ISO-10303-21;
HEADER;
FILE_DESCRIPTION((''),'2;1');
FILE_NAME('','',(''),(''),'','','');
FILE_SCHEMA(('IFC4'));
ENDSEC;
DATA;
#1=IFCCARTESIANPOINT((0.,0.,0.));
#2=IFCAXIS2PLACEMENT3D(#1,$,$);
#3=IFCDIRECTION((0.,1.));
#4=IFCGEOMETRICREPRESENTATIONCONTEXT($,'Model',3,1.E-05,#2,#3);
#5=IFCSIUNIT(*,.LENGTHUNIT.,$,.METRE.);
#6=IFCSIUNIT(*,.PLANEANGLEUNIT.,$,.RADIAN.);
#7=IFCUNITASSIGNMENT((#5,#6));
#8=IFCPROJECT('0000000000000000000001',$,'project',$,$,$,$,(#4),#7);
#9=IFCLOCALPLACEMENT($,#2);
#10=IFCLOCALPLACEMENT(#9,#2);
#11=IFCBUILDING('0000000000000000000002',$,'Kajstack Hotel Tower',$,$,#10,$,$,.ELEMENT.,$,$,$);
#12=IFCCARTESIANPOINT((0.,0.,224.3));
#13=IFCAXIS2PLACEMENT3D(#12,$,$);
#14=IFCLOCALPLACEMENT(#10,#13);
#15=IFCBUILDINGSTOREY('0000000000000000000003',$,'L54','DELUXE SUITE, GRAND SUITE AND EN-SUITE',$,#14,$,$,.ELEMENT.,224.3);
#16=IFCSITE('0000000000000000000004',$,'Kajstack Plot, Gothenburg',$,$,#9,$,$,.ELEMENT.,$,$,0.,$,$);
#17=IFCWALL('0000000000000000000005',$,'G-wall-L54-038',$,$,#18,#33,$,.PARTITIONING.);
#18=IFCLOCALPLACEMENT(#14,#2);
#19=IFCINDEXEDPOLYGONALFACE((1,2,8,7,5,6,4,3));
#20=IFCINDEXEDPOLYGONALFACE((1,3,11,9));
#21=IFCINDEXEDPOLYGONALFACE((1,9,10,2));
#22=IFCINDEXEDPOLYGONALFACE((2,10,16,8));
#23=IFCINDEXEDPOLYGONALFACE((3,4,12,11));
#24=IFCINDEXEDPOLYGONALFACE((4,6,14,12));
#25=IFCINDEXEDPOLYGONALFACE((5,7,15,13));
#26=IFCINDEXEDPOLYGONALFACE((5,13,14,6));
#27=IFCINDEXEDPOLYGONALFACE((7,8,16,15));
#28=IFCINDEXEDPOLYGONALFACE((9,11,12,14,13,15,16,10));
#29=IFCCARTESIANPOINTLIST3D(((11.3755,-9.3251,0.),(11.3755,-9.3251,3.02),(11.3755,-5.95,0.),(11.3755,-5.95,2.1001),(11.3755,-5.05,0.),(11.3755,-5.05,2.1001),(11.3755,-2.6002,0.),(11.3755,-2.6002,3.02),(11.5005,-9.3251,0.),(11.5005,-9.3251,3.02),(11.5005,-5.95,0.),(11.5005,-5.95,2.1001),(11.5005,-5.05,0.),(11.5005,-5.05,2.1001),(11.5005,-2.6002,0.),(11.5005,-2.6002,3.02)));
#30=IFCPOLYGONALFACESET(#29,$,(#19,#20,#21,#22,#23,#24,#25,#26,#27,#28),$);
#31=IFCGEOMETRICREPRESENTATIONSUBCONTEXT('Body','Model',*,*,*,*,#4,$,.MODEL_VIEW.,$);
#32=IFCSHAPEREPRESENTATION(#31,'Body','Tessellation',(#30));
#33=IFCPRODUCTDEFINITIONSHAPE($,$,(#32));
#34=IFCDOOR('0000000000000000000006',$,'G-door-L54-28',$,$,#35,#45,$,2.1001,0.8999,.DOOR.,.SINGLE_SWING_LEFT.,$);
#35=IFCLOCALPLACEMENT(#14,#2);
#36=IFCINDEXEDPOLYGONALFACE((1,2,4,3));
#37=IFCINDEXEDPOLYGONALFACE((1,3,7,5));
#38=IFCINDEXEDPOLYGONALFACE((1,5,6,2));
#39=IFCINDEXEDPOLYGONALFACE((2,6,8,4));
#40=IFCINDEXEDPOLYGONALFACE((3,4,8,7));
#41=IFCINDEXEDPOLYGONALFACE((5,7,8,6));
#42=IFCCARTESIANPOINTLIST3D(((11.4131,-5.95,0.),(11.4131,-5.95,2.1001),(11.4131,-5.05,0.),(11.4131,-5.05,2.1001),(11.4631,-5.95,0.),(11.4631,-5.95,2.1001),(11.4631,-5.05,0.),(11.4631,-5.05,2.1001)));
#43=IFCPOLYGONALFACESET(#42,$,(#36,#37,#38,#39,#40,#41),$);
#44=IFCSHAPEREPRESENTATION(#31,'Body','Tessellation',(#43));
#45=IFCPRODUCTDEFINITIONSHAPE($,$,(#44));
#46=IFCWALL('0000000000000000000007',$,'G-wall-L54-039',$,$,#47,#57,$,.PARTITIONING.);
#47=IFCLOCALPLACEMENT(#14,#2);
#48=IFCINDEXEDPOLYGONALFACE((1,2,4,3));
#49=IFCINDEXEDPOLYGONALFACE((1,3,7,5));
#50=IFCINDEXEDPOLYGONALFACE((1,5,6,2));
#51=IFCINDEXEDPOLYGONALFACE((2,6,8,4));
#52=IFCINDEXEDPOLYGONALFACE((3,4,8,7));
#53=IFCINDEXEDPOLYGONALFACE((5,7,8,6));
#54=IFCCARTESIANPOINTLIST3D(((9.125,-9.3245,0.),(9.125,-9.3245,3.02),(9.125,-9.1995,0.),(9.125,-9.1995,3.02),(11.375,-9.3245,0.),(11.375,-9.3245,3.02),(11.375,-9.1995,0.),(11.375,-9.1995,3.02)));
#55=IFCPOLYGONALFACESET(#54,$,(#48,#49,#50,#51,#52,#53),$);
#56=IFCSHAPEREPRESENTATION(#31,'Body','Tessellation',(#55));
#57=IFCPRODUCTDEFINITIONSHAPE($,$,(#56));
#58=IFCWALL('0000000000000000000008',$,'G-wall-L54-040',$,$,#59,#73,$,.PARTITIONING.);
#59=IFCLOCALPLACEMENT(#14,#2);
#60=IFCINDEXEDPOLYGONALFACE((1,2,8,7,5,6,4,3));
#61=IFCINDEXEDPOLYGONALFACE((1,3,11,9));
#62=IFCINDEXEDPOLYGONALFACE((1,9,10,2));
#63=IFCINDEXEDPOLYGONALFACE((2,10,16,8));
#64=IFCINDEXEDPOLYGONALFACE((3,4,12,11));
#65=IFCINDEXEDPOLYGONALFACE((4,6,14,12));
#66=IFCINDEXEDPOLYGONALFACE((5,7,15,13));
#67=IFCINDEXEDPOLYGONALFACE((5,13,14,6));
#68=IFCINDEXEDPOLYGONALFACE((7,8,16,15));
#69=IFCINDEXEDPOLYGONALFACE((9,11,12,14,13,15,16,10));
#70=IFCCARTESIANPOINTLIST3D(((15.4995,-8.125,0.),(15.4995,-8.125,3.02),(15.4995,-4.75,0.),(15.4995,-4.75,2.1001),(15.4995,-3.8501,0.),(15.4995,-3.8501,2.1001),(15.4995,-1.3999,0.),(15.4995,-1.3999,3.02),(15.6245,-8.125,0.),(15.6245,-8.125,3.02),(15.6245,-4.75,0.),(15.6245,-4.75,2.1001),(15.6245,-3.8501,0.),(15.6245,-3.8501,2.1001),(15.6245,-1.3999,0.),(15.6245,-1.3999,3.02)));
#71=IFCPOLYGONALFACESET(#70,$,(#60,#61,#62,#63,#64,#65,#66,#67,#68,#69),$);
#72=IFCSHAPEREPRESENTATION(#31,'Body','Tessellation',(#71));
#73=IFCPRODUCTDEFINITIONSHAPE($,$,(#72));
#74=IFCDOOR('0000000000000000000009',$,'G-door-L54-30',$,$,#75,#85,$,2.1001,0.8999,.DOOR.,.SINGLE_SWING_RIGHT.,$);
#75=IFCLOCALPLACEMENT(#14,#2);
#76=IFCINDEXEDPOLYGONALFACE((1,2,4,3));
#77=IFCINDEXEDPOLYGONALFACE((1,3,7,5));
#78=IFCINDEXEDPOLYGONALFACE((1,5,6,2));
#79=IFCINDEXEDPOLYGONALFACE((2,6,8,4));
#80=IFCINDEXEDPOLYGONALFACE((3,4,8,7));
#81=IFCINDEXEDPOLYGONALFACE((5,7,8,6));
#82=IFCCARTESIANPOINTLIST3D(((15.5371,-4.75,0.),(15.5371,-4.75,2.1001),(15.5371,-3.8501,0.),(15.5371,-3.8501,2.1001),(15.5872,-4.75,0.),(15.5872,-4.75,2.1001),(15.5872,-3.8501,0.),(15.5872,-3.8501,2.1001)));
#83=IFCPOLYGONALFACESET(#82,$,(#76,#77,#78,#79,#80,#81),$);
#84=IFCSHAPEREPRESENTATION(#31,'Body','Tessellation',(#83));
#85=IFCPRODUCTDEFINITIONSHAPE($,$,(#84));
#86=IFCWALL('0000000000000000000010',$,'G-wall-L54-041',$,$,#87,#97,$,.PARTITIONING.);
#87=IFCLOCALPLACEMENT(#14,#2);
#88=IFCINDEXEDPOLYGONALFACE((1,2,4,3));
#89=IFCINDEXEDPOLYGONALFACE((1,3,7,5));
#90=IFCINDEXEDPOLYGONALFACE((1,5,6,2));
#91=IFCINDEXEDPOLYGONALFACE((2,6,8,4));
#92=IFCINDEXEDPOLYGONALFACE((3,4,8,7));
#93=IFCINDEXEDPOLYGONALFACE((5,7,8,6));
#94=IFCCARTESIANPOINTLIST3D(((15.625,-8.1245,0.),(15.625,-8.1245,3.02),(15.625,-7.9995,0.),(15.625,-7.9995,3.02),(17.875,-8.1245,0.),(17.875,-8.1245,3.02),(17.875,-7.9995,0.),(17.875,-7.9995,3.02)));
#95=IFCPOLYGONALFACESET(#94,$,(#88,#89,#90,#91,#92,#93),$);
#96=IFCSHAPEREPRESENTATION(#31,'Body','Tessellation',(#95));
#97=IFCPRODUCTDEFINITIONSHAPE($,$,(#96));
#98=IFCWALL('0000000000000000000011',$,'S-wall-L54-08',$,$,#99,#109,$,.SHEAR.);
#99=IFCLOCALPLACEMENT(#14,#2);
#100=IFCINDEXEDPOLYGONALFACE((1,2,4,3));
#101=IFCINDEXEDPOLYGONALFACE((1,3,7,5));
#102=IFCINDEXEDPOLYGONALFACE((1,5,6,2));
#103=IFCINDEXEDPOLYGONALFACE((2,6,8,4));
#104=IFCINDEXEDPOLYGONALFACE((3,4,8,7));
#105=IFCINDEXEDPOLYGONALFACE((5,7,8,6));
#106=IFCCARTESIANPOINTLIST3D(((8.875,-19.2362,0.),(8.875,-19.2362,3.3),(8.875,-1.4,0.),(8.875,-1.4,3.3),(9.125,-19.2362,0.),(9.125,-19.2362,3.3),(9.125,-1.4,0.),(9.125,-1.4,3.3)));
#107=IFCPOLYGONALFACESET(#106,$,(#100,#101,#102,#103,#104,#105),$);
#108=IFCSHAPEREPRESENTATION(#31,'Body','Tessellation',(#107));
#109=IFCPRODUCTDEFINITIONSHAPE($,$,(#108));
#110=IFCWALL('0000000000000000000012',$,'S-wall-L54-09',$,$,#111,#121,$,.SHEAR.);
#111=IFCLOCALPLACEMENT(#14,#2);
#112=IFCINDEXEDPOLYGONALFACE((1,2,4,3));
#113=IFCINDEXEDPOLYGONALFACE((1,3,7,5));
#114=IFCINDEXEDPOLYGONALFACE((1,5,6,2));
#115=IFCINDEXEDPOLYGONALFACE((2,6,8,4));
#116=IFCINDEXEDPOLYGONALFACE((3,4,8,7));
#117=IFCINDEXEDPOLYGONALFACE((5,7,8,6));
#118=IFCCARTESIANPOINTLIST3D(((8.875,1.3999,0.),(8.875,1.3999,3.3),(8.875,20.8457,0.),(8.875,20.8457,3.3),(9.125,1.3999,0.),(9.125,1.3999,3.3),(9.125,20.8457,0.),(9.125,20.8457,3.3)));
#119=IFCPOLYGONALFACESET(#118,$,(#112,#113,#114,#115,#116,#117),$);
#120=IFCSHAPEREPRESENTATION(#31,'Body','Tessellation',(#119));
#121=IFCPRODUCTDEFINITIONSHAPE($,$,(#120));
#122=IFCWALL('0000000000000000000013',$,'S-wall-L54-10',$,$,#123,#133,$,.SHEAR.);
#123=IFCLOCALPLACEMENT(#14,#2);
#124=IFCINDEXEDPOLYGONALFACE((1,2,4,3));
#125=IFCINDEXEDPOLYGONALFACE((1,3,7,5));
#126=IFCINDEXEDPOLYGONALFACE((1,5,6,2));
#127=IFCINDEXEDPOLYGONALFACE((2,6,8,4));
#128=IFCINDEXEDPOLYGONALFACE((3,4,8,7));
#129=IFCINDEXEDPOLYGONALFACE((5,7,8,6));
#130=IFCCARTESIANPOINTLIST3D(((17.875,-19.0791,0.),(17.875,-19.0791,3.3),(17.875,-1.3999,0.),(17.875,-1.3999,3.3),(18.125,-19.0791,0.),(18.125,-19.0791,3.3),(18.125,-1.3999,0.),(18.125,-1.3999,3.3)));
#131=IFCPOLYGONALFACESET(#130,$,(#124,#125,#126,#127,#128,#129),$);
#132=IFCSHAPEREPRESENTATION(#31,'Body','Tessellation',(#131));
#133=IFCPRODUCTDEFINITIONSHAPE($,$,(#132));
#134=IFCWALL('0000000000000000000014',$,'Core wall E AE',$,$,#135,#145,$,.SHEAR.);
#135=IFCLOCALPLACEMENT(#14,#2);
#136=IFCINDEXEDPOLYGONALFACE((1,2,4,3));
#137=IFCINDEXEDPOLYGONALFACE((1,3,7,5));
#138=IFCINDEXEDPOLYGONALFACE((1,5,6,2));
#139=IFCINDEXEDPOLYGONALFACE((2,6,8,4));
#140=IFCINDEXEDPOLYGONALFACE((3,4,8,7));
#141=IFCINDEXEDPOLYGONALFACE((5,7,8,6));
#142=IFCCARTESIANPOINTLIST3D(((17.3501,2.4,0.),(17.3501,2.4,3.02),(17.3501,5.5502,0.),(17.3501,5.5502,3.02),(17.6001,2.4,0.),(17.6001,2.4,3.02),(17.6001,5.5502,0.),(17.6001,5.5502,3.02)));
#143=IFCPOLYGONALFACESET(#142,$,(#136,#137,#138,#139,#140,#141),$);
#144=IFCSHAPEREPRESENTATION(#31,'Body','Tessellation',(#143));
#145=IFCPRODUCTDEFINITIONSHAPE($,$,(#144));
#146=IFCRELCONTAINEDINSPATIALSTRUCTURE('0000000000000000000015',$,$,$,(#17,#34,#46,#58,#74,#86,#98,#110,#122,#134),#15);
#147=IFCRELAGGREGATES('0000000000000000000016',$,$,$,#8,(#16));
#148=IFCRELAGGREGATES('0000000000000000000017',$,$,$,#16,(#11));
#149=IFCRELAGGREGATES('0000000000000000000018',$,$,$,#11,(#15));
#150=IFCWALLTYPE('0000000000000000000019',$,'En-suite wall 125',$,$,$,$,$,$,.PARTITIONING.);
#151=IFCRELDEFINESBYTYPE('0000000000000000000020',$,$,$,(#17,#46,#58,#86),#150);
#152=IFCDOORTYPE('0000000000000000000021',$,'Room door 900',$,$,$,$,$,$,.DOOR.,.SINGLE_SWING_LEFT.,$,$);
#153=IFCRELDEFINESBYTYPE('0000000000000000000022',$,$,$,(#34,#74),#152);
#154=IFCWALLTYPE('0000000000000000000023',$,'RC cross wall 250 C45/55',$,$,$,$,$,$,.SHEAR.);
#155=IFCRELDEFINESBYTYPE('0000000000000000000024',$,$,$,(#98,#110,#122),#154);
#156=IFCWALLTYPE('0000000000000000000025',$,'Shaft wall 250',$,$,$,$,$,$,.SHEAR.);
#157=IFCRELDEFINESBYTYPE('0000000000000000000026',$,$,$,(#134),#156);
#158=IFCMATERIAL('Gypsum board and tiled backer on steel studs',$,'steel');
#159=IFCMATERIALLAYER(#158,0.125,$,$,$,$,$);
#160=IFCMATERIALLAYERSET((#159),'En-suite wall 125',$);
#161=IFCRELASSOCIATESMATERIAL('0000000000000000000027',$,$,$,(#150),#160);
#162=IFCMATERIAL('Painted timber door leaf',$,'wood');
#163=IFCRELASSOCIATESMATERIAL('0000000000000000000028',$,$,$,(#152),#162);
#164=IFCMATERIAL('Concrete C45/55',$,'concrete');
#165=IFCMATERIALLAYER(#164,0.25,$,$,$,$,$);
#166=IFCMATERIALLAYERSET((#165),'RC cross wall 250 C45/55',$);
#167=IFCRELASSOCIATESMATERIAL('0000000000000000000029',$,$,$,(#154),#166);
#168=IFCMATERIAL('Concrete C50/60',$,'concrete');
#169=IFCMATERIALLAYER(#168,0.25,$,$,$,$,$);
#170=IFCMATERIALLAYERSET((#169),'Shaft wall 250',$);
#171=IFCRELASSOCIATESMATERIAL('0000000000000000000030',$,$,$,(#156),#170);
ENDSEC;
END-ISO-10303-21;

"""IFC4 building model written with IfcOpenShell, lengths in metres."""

from ifc_helpers import new_model, si_unit, direction, frame, frame_2d, origin, place, context, subcontext, project, spatial, rectangle, extrude, material, layer, layer_set, type_object, element, fill, save


model = new_model("IFC4")

# Units and contexts
model_context = context("Model", 3, precision=1e-05, world=origin(), true_north=direction((0.0, 1.0)))
body_context = subcontext(model_context, "Body", "Model", "MODEL_VIEW")
ifc_project = project(units=[si_unit("LENGTHUNIT", "METRE"), si_unit("PLANEANGLEUNIT", "RADIAN")], contexts=[model_context])

# Site, building, storey
site_placement = place(None, origin())
site = spatial("IfcSite", under=ifc_project, at=site_placement, Name="Kajstack Plot, Gothenburg", CompositionType="ELEMENT", RefElevation=0.0)
building_placement = place(site_placement, origin())
building = spatial("IfcBuilding", under=site, at=building_placement, Name="Kajstack Hotel Tower", CompositionType="ELEMENT")
storey_placement = place(building_placement, frame((0.0, 0.0, 224.3)))
storey = spatial("IfcBuildingStorey", under=building, at=storey_placement, Name="L54", Description="DELUXE SUITE, GRAND SUITE AND EN-SUITE", CompositionType="ELEMENT", Elevation=224.3)

# Shared definitions
ifc_material_1 = material(Name="Gypsum board and tiled backer on steel studs", Category="steel")
ifc_layer_1 = layer(ifc_material_1, 0.125)
ifc_layer_set_1 = layer_set([ifc_layer_1], Name="En-suite wall 125")
wall_type_1 = type_object("IfcWallType", Name="En-suite wall 125", PredefinedType="PARTITIONING", material=ifc_layer_set_1)
ifc_material_2 = material(Name="Painted timber door leaf", Category="wood")
door_type_1 = type_object("IfcDoorType", Name="Room door 900", OperationType="SINGLE_SWING_LEFT", PredefinedType="DOOR", material=ifc_material_2)

# Wall, opening, door
wall_1_placement = place(storey_placement, frame((11.438, -9.325, 0.0), z_axis=(0.0, 0.0, 1.0), x_axis=(0.0, 1.0, 0.0)))
wall_1 = element("IfcWall", 1, at=wall_1_placement, inside=storey, type_object=wall_type_1, Name="G-wall-L54-038", PredefinedType="PARTITIONING", context=body_context, shape_type="SweptSolid", body=[
    extrude(rectangle(XDim=6.7249, YDim=0.125, at=frame_2d((3.3623, 0.0))), origin(), (0.0, 0.0, 1.0), 3.02),
])
opening_1_placement = place(wall_1_placement, frame((3.375, 0.0, 0.0)))
opening_1 = element("IfcOpeningElement", 2, at=opening_1_placement, cuts=wall_1, PredefinedType="OPENING", context=body_context, shape_type="SweptSolid", body=[
    extrude(rectangle(XDim=0.8999, YDim=2.1001, at=frame_2d((0.45, 1.05))), frame((0.0, 0.0725, 0.0), z_axis=(0.0, -1.0, 0.0), x_axis=(1.0, 0.0, 0.0)), (0.0, 0.0, 1.0), 0.145),
])
door_1_placement = place(opening_1_placement, origin())
door_1 = element("IfcDoor", 3, at=door_1_placement, inside=storey, type_object=door_type_1, Name="G-door-L54-28", OperationType="SINGLE_SWING_LEFT", OverallHeight=2.1001, OverallWidth=0.8999, PredefinedType="DOOR", context=body_context, shape_type="SweptSolid", body=[
    extrude(rectangle(XDim=0.8999, YDim=2.1001, at=frame_2d((0.45, 1.05))), frame((0.0, 0.0249, 0.0), z_axis=(0.0, -1.0, 0.0), x_axis=(1.0, 0.0, 0.0)), (0.0, 0.0, 1.0), 0.05),
])
fill(opening_1, door_1)

# Wall
wall_2_placement = place(storey_placement, frame((9.125, -9.262, 0.0), z_axis=(0.0, 0.0, 1.0), x_axis=(1.0, 0.0, 0.0)))
element("IfcWall", 4, at=wall_2_placement, inside=storey, type_object=wall_type_1, Name="G-wall-L54-039", PredefinedType="PARTITIONING", context=body_context, shape_type="SweptSolid", body=[
    extrude(rectangle(XDim=2.25, YDim=0.125, at=frame_2d((1.125, 0.0))), origin(), (0.0, 0.0, 1.0), 3.02),
])

# Wall, opening, door
wall_3_placement = place(storey_placement, frame((15.562, -8.125, 0.0), z_axis=(0.0, 0.0, 1.0), x_axis=(0.0, 1.0, 0.0)))
wall_3 = element("IfcWall", 5, at=wall_3_placement, inside=storey, type_object=wall_type_1, Name="G-wall-L54-040", PredefinedType="PARTITIONING", context=body_context, shape_type="SweptSolid", body=[
    extrude(rectangle(XDim=6.7251, YDim=0.125, at=frame_2d((3.3625, 0.0))), origin(), (0.0, 0.0, 1.0), 3.02),
])
opening_2_placement = place(wall_3_placement, frame((3.375, 0.0, 0.0)))
opening_2 = element("IfcOpeningElement", 6, at=opening_2_placement, cuts=wall_3, PredefinedType="OPENING", context=body_context, shape_type="SweptSolid", body=[
    extrude(rectangle(XDim=0.8999, YDim=2.1001, at=frame_2d((0.45, 1.05))), frame((0.0, 0.0725, 0.0), z_axis=(0.0, -1.0, 0.0), x_axis=(1.0, 0.0, 0.0)), (0.0, 0.0, 1.0), 0.145),
])
door_2_placement = place(opening_2_placement, origin())
door_2 = element("IfcDoor", 7, at=door_2_placement, inside=storey, type_object=door_type_1, Name="G-door-L54-30", OperationType="SINGLE_SWING_RIGHT", OverallHeight=2.1001, OverallWidth=0.8999, PredefinedType="DOOR", context=body_context, shape_type="SweptSolid", body=[
    extrude(rectangle(XDim=0.8999, YDim=2.1001, at=frame_2d((0.45, 1.05))), frame((0.0, 0.0249, 0.0), z_axis=(0.0, -1.0, 0.0), x_axis=(1.0, 0.0, 0.0)), (0.0, 0.0, 1.0), 0.05),
])
fill(opening_2, door_2)

# Walls
wall_4_placement = place(storey_placement, frame((15.625, -8.062, 0.0), z_axis=(0.0, 0.0, 1.0), x_axis=(1.0, 0.0, 0.0)))
element("IfcWall", 8, at=wall_4_placement, inside=storey, type_object=wall_type_1, Name="G-wall-L54-041", PredefinedType="PARTITIONING", context=body_context, shape_type="SweptSolid", body=[
    extrude(rectangle(XDim=2.25, YDim=0.125, at=frame_2d((1.125, 0.0))), origin(), (0.0, 0.0, 1.0), 3.02),
])
ifc_material_3 = material(Name="Concrete C45/55", Category="concrete")
ifc_layer_2 = layer(ifc_material_3, 0.25)
ifc_layer_set_2 = layer_set([ifc_layer_2], Name="RC cross wall 250 C45/55")
wall_type_2 = type_object("IfcWallType", Name="RC cross wall 250 C45/55", PredefinedType="SHEAR", material=ifc_layer_set_2)
wall_5_placement = place(storey_placement, frame((9.0, -19.2361, 0.0), z_axis=(0.0, 0.0, 1.0), x_axis=(0.0, 1.0, 0.0)))
element("IfcWall", 9, at=wall_5_placement, inside=storey, type_object=wall_type_2, Name="S-wall-L54-08", PredefinedType="SHEAR", context=body_context, shape_type="SweptSolid", body=[
    extrude(rectangle(XDim=17.8362, YDim=0.25, at=frame_2d((8.918, 0.0))), origin(), (0.0, 0.0, 1.0), 3.3),
])
wall_6_placement = place(storey_placement, frame((9.0, 1.3999, 0.0), z_axis=(0.0, 0.0, 1.0), x_axis=(0.0, 1.0, 0.0)))
element("IfcWall", 10, at=wall_6_placement, inside=storey, type_object=wall_type_2, Name="S-wall-L54-09", PredefinedType="SHEAR", context=body_context, shape_type="SweptSolid", body=[
    extrude(rectangle(XDim=19.4458, YDim=0.25, at=frame_2d((9.7229, 0.0))), origin(), (0.0, 0.0, 1.0), 3.3),
])
wall_7_placement = place(storey_placement, frame((18.0, -19.0791, 0.0), z_axis=(0.0, 0.0, 1.0), x_axis=(0.0, 1.0, 0.0)))
element("IfcWall", 11, at=wall_7_placement, inside=storey, type_object=wall_type_2, Name="S-wall-L54-10", PredefinedType="SHEAR", context=body_context, shape_type="SweptSolid", body=[
    extrude(rectangle(XDim=17.6792, YDim=0.25, at=frame_2d((8.8396, 0.0))), origin(), (0.0, 0.0, 1.0), 3.3),
])
ifc_material_4 = material(Name="Concrete C50/60", Category="concrete")
ifc_layer_3 = layer(ifc_material_4, 0.25)
ifc_layer_set_3 = layer_set([ifc_layer_3], Name="Shaft wall 250")
wall_type_3 = type_object("IfcWallType", Name="Shaft wall 250", PredefinedType="SHEAR", material=ifc_layer_set_3)
wall_8_placement = place(storey_placement, frame((17.4751, 2.3999, 0.0), z_axis=(0.0, 0.0, 1.0), x_axis=(0.0, 1.0, 0.0)))
element("IfcWall", 12, at=wall_8_placement, inside=storey, type_object=wall_type_3, Name="Core wall E AE", PredefinedType="SHEAR", context=body_context, shape_type="SweptSolid", body=[
    extrude(rectangle(XDim=3.1501, YDim=0.25, at=frame_2d((1.5752, 0.0))), origin(), (0.0, 0.0, 1.0), 3.02),
])

save(model, "model.ifc")
